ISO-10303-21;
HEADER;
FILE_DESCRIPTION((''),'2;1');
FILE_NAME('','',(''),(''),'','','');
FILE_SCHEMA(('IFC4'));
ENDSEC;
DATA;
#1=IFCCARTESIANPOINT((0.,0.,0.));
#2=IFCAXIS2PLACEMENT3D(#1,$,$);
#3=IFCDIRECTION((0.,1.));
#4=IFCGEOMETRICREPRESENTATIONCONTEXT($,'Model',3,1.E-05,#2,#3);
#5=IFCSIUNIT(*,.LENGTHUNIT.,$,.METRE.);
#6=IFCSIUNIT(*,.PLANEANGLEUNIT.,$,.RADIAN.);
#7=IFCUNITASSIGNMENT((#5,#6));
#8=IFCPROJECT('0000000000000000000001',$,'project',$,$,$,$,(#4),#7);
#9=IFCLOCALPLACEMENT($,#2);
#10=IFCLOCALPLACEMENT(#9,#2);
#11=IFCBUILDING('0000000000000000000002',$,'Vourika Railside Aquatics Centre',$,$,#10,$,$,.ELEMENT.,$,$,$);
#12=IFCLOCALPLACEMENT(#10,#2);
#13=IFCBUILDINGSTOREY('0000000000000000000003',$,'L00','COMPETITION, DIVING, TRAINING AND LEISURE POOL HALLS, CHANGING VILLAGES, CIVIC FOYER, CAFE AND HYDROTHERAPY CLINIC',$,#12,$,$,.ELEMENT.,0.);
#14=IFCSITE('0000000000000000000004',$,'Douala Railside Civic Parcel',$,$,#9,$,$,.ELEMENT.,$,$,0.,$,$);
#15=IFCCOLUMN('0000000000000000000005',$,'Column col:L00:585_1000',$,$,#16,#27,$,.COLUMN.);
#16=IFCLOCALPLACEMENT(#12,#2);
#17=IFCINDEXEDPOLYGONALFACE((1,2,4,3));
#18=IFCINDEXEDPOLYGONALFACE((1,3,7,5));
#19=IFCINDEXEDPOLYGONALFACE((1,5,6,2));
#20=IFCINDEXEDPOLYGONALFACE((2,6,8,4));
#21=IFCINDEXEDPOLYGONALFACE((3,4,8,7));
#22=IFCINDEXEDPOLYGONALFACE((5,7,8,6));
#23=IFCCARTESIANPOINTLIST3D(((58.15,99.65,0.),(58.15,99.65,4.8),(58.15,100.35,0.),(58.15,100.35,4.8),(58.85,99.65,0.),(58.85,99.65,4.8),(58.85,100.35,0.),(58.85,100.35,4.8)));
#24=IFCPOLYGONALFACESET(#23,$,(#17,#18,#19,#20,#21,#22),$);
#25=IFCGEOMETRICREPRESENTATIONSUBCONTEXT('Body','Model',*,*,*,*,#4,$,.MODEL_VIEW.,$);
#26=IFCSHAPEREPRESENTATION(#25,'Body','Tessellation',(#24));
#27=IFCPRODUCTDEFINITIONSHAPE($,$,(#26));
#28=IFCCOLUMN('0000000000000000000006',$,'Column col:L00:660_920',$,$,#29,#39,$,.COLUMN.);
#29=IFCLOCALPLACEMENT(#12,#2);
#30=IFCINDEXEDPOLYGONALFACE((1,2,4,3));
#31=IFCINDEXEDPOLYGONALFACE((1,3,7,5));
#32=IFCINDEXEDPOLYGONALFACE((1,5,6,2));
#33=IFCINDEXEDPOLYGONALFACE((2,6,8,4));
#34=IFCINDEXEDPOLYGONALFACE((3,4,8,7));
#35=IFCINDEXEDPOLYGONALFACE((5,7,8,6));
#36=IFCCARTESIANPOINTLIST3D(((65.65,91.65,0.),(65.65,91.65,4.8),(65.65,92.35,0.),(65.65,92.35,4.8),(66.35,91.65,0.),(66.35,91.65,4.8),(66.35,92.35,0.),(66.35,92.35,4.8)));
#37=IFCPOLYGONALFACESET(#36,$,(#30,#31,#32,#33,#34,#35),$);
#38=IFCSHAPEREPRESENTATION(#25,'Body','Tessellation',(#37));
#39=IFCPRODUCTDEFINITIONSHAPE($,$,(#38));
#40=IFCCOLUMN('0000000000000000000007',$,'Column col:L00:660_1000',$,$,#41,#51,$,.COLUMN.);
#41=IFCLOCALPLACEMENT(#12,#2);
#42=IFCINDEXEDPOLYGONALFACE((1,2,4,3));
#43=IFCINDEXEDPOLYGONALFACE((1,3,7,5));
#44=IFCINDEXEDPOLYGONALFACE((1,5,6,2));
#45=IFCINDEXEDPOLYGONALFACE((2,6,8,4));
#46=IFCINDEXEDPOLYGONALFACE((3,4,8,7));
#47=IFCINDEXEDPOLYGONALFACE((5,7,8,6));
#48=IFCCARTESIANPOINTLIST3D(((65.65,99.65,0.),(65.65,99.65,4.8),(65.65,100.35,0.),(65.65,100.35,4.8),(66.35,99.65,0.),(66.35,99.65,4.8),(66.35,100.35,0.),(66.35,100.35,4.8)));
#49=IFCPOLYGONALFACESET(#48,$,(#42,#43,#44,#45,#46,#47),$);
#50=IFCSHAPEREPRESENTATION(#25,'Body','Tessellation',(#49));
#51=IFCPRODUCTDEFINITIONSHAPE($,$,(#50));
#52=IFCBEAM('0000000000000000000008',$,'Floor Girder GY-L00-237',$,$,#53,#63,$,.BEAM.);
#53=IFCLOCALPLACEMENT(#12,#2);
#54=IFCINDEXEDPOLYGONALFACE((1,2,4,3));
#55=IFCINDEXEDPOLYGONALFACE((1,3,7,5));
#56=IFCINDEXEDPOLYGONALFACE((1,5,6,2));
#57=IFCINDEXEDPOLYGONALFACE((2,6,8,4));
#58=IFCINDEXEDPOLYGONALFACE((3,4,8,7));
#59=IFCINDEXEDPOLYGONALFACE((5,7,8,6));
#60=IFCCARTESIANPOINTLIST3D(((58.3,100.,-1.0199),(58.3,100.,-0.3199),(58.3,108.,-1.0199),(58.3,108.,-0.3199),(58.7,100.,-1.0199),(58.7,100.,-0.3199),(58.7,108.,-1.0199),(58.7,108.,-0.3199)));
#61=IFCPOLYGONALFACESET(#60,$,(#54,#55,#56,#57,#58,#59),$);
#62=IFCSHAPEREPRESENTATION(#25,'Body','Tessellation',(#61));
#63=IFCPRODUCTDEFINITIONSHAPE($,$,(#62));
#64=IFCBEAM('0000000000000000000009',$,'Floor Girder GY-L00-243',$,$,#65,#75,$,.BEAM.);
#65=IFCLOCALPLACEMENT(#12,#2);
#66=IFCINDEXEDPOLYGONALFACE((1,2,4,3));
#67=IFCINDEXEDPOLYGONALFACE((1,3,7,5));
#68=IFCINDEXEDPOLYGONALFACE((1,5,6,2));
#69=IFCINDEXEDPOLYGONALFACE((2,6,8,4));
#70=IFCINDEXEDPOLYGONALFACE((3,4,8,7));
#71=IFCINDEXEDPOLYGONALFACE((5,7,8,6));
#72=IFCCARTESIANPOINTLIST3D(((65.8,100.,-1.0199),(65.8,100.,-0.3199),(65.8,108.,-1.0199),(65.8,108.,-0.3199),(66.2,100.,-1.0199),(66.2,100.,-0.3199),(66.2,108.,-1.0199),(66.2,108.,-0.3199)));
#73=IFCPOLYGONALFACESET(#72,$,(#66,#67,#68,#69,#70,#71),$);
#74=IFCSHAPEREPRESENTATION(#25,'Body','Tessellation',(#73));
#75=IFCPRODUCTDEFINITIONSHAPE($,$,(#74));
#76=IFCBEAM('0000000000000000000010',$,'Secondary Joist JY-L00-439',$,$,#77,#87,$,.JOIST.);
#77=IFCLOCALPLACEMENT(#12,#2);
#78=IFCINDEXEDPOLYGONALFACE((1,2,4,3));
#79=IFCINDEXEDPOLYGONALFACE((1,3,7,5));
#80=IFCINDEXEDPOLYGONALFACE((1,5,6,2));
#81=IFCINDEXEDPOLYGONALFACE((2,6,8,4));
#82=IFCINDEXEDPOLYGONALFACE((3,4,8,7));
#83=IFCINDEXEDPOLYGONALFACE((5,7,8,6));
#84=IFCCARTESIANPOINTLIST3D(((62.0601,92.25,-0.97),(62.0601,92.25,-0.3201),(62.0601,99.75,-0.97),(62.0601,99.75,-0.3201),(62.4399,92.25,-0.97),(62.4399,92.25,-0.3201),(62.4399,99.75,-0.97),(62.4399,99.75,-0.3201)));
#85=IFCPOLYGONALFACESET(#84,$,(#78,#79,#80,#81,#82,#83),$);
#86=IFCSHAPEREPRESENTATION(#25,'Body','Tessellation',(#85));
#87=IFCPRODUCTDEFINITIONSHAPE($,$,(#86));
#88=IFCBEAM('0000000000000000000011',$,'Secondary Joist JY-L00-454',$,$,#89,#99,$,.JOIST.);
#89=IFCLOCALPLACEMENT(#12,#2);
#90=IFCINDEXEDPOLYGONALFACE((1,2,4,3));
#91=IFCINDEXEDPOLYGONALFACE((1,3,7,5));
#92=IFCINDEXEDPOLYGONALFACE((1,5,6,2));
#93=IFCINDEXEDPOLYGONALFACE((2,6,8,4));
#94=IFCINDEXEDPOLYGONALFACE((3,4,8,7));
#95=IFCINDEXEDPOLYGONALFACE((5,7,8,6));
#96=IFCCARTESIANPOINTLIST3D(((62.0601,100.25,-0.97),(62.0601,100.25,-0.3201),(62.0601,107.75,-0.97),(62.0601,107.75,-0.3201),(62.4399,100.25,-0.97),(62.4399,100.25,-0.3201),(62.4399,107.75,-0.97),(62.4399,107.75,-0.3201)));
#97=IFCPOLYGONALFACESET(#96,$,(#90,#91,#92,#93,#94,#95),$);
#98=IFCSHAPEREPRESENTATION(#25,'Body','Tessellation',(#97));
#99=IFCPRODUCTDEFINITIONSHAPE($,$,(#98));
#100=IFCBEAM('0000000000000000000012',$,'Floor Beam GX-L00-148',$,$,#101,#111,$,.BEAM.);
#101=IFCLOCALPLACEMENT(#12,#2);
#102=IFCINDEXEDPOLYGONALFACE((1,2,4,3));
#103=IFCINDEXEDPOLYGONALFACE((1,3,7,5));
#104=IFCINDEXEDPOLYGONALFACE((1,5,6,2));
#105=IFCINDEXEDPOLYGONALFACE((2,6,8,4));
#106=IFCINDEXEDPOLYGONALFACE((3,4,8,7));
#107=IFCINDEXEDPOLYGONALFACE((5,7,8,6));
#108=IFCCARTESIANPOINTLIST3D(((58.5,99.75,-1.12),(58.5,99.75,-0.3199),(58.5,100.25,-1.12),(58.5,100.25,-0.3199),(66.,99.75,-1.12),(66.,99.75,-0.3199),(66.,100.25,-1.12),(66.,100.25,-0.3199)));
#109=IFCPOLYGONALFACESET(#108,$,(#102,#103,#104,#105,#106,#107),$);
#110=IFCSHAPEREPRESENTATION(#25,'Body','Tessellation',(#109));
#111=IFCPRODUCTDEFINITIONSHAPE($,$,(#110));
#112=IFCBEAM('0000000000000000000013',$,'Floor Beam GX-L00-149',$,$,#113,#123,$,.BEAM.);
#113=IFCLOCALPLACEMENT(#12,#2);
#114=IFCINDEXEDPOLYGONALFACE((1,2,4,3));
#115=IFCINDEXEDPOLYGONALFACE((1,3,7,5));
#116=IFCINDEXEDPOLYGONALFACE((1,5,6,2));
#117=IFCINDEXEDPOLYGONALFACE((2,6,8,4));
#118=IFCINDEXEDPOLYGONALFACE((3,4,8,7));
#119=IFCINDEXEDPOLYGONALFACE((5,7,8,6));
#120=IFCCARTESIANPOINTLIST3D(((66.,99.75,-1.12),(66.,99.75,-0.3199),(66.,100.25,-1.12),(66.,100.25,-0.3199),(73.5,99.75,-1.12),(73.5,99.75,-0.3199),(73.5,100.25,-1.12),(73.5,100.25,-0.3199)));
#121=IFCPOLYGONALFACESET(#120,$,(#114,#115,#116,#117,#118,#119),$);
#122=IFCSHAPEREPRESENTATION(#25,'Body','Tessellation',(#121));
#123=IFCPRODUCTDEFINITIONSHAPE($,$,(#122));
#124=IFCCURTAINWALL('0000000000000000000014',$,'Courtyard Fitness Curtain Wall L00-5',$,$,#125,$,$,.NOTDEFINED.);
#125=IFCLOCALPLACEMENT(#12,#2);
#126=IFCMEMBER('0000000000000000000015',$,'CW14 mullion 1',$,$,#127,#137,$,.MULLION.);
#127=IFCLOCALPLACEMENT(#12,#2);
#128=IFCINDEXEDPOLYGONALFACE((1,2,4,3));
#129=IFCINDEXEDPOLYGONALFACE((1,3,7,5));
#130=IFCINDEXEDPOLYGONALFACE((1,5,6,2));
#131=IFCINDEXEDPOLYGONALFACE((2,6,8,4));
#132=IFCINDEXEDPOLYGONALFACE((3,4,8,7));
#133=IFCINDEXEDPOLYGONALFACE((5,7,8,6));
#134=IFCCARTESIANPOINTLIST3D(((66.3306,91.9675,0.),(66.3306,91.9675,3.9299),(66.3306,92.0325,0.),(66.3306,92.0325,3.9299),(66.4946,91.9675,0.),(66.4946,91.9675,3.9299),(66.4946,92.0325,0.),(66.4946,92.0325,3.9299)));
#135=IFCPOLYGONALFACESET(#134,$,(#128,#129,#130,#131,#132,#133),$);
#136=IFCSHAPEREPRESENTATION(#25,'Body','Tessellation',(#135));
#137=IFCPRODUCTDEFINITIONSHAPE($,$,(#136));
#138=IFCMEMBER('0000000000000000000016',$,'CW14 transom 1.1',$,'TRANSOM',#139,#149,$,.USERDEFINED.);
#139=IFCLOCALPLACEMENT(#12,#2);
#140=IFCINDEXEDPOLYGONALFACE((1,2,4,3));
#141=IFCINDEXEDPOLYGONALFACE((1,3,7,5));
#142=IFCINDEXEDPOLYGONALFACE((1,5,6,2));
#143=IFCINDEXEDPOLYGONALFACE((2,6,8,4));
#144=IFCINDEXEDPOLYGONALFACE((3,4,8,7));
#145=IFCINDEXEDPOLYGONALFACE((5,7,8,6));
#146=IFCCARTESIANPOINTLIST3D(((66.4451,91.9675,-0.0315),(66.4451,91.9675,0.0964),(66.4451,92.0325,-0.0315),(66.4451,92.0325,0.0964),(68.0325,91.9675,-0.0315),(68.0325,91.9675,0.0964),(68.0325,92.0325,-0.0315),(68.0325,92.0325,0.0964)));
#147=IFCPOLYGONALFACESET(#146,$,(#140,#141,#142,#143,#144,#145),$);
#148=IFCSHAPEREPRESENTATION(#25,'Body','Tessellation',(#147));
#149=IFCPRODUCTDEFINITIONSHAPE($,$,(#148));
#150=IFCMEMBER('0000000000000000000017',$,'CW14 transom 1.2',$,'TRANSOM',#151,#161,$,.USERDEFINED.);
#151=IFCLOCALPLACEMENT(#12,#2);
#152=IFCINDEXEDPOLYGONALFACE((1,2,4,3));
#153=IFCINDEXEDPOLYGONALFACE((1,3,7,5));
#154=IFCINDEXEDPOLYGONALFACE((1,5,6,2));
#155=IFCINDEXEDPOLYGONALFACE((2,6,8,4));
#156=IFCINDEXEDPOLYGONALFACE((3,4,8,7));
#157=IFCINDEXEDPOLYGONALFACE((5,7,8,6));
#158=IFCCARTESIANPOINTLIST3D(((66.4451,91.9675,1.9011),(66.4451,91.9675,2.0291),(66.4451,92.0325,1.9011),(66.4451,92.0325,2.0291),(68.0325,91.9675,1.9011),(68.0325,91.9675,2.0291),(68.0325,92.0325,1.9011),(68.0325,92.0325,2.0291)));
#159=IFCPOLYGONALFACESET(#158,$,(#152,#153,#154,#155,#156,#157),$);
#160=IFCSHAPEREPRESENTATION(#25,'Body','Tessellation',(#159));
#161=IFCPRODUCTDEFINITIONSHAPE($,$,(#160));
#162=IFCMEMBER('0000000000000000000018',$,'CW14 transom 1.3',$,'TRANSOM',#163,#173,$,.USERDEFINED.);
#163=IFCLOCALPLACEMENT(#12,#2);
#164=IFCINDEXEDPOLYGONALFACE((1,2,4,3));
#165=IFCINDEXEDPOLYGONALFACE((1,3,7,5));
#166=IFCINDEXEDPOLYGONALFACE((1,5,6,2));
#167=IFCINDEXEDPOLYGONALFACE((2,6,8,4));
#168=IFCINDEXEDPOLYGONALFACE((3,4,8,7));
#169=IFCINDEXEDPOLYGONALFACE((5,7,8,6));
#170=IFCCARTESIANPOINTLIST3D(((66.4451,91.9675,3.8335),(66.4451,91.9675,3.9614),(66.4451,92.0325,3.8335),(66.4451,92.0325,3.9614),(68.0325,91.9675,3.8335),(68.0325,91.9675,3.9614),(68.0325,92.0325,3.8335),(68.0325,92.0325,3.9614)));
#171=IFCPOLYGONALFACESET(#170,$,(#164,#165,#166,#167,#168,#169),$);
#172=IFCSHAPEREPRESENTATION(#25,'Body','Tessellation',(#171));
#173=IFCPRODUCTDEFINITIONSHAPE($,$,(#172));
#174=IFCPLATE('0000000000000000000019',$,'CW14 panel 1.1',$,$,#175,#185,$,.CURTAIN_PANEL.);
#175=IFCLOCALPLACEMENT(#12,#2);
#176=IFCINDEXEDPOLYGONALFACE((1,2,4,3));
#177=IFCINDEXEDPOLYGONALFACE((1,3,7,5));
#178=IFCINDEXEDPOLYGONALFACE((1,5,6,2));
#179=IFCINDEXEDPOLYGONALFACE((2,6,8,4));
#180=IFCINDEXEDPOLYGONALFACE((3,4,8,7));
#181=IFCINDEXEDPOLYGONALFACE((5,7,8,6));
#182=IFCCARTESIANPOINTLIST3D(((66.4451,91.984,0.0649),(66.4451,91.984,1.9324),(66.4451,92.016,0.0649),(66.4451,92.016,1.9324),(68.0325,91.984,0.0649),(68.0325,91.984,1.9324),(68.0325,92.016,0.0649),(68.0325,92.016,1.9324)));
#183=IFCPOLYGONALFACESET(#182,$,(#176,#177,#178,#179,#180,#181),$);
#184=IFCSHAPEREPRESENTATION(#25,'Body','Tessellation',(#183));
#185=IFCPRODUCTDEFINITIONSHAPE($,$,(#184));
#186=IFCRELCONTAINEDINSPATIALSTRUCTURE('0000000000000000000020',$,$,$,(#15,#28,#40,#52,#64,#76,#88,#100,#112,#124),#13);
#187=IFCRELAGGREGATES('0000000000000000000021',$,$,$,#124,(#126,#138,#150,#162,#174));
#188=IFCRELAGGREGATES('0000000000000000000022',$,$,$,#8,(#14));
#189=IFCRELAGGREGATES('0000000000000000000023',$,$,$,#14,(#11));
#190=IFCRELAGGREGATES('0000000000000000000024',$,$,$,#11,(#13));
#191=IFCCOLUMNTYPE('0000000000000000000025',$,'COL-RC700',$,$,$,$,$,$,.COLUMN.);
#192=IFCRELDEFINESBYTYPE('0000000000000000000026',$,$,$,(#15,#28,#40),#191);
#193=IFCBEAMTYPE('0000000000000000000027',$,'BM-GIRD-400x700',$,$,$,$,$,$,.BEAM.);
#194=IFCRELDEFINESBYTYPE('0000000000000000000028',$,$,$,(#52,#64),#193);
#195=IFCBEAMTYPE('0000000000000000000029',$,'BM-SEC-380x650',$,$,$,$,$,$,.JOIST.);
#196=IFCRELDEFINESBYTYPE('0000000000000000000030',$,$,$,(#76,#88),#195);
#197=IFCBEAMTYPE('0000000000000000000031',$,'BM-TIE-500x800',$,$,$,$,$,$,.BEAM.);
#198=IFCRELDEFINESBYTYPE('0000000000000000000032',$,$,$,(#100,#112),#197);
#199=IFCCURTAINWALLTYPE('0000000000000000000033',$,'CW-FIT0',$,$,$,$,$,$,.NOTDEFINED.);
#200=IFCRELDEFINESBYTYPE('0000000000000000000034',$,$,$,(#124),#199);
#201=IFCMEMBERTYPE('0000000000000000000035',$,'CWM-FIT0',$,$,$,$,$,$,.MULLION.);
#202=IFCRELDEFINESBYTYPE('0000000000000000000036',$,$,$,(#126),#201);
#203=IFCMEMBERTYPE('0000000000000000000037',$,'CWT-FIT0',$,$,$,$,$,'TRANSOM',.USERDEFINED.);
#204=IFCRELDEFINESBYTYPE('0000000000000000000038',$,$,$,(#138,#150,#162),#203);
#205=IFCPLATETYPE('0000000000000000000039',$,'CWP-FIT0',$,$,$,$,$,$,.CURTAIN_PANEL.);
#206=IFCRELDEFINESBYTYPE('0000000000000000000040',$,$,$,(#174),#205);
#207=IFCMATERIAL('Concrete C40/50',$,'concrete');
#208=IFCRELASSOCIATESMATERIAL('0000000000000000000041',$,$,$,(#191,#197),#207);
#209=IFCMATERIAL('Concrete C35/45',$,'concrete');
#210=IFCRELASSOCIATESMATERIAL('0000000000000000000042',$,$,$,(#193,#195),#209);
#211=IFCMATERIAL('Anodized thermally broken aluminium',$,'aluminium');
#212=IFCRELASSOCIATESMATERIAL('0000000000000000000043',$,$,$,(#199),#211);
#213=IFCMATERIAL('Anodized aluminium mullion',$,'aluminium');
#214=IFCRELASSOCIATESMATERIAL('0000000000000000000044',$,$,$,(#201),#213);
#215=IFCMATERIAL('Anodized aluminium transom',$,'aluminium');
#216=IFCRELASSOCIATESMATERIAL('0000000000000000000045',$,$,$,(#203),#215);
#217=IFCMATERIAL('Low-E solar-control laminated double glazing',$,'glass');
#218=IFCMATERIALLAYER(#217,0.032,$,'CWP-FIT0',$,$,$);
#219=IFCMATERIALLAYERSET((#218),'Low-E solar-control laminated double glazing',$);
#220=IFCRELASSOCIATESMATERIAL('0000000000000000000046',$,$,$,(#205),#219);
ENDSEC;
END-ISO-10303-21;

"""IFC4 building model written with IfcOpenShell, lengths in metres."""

from ifc_helpers import new_model, si_unit, direction, frame, origin, origin_2d, place, context, subcontext, project, spatial, rectangle, extrude, material, layer, layer_set, material_profile, profile_set, type_object, element, aggregate, save


model = new_model("IFC4")

# Units and contexts
model_context = context("Model", 3, precision=1e-05, world=origin(), true_north=direction((0.0, 1.0)))
body_context = subcontext(model_context, "Body", "Model", "MODEL_VIEW")
ifc_project = project(units=[si_unit("LENGTHUNIT", "METRE"), si_unit("PLANEANGLEUNIT", "RADIAN")], contexts=[model_context])

# Site, building, storey
site_placement = place(None, origin())
site = spatial("IfcSite", under=ifc_project, at=site_placement, Name="Douala Railside Civic Parcel", CompositionType="ELEMENT", RefElevation=0.0)
building_placement = place(site_placement, origin())
building = spatial("IfcBuilding", under=site, at=building_placement, Name="Vourika Railside Aquatics Centre", CompositionType="ELEMENT")
storey_placement = place(building_placement, origin())
storey = spatial("IfcBuildingStorey", under=building, at=storey_placement, Name="L00", Description="COMPETITION, DIVING, TRAINING AND LEISURE POOL HALLS, CHANGING VILLAGES, CIVIC FOYER, CAFE AND HYDROTHERAPY CLINIC", CompositionType="ELEMENT", Elevation=0.0)

# Columns
ifc_material_1 = material(Name="Concrete C40/50", Category="concrete")
ifc_material_profile_1 = material_profile(ifc_material_1, rectangle(XDim=0.7, YDim=0.7, at=origin_2d()), Name="RC 700x700")
ifc_profile_set_1 = profile_set([ifc_material_profile_1], Name="Concrete C40/50")
column_type = type_object("IfcColumnType", Name="COL-RC700", PredefinedType="COLUMN", material=ifc_profile_set_1)
for number, where, z_axis, x_axis, name in (
    (1, (58.5, 100.0, 0.0), (0.0, 0.0, 1.0), (1.0, 0.0, 0.0), "Column col:L00:585_1000"),
    (2, (66.0, 92.0, 0.0), (0.0, 0.0, 1.0), (1.0, 0.0, 0.0), "Column col:L00:660_920"),
    (3, (66.0, 100.0, 0.0), (0.0, 0.0, 1.0), (1.0, 0.0, 0.0), "Column col:L00:660_1000"),
):
    element("IfcColumn", number, at=place(storey_placement, frame(where, z_axis=z_axis, x_axis=x_axis)), inside=storey, type_object=column_type, Name=name, PredefinedType="COLUMN", context=body_context, shape_type="SweptSolid", body=[
        extrude(rectangle(XDim=0.7, YDim=0.7, at=origin_2d()), origin(), (0.0, 0.0, 1.0), 4.8),
    ])

# Beams
ifc_material_2 = material(Name="Concrete C35/45", Category="concrete")
ifc_material_profile_2 = material_profile(ifc_material_2, rectangle(XDim=0.3999, YDim=0.7, at=origin_2d()), Name="RC 400x700")
ifc_profile_set_2 = profile_set([ifc_material_profile_2], Name="Concrete C35/45")
beam_type_1 = type_object("IfcBeamType", Name="BM-GIRD-400x700", PredefinedType="BEAM", material=ifc_profile_set_2)
for number, where, z_axis, x_axis, name in (
    (4, (58.5, 100.0, -0.6699), (0.0, 1.0, 0.0), (-1.0, 0.0, 0.0), "Floor Girder GY-L00-237"),
    (5, (66.0, 100.0, -0.6699), (0.0, 1.0, 0.0), (-1.0, 0.0, 0.0), "Floor Girder GY-L00-243"),
):
    element("IfcBeam", number, at=place(storey_placement, frame(where, z_axis=z_axis, x_axis=x_axis)), inside=storey, type_object=beam_type_1, Name=name, PredefinedType="BEAM", context=body_context, shape_type="SweptSolid", body=[
        extrude(rectangle(XDim=0.3999, YDim=0.7, at=origin_2d()), origin(), (0.0, 0.0, 1.0), 8.0),
    ])
ifc_material_profile_3 = material_profile(ifc_material_2, rectangle(XDim=0.3799, YDim=0.6499, at=origin_2d()), Name="RC 380x650")
ifc_profile_set_3 = profile_set([ifc_material_profile_3], Name="Concrete C35/45")
beam_type_2 = type_object("IfcBeamType", Name="BM-SEC-380x650", PredefinedType="JOIST", material=ifc_profile_set_3)
for number, where, z_axis, x_axis, name in (
    (6, (62.25, 92.25, -0.645), (0.0, 1.0, 0.0), (-1.0, 0.0, 0.0), "Secondary Joist JY-L00-439"),
    (7, (62.25, 100.25, -0.645), (0.0, 1.0, 0.0), (-1.0, 0.0, 0.0), "Secondary Joist JY-L00-454"),
):
    element("IfcBeam", number, at=place(storey_placement, frame(where, z_axis=z_axis, x_axis=x_axis)), inside=storey, type_object=beam_type_2, Name=name, PredefinedType="JOIST", context=body_context, shape_type="SweptSolid", body=[
        extrude(rectangle(XDim=0.3799, YDim=0.6499, at=origin_2d()), origin(), (0.0, 0.0, 1.0), 7.5),
    ])
ifc_material_profile_4 = material_profile(ifc_material_1, rectangle(XDim=0.5, YDim=0.8, at=origin_2d()), Name="RC 500x800")
ifc_profile_set_4 = profile_set([ifc_material_profile_4], Name="Concrete C40/50")
beam_type_3 = type_object("IfcBeamType", Name="BM-TIE-500x800", PredefinedType="BEAM", material=ifc_profile_set_4)
for number, where, z_axis, x_axis, name in (
    (8, (58.5, 100.0, -0.72), (1.0, 0.0, 0.0), (0.0, 1.0, 0.0), "Floor Beam GX-L00-148"),
    (9, (66.0, 100.0, -0.72), (1.0, 0.0, 0.0), (0.0, 1.0, 0.0), "Floor Beam GX-L00-149"),
):
    element("IfcBeam", number, at=place(storey_placement, frame(where, z_axis=z_axis, x_axis=x_axis)), inside=storey, type_object=beam_type_3, Name=name, PredefinedType="BEAM", context=body_context, shape_type="SweptSolid", body=[
        extrude(rectangle(XDim=0.5, YDim=0.8, at=origin_2d()), origin(), (0.0, 0.0, 1.0), 7.5),
    ])

# Curtain wall, members, plate
ifc_material_3 = material(Name="Anodized thermally broken aluminium", Category="aluminium")
curtain_wall_type = type_object("IfcCurtainWallType", Name="CW-FIT0", PredefinedType="NOTDEFINED", material=ifc_material_3)
curtain_wall_placement = place(storey_placement, origin())
curtain_wall = element("IfcCurtainWall", 10, at=curtain_wall_placement, inside=storey, type_object=curtain_wall_type, Name="Courtyard Fitness Curtain Wall L00-5", PredefinedType="NOTDEFINED")
ifc_material_4 = material(Name="Anodized aluminium mullion", Category="aluminium")
ifc_material_profile_5 = material_profile(ifc_material_4, rectangle(XDim=0.0649, YDim=0.1641, at=origin_2d()), Name="ALU-M 65x164")
ifc_profile_set_5 = profile_set([ifc_material_profile_5], Name="Anodized aluminium mullion")
member_type_1 = type_object("IfcMemberType", Name="CWM-FIT0", PredefinedType="MULLION", material=ifc_profile_set_5)
member_1_placement = place(storey_placement, frame((66.4126, 92.0, 0.0), z_axis=(0.0, 0.0, 1.0), x_axis=(0.0, 1.0, 0.0)))
member_1 = element("IfcMember", 11, at=member_1_placement, type_object=member_type_1, Name="CW14 mullion 1", PredefinedType="MULLION", context=body_context, shape_type="SweptSolid", body=[
    extrude(rectangle(XDim=0.0649, YDim=0.1641, at=origin_2d()), origin(), (0.0, 0.0, 1.0), 3.9299),
])
ifc_material_5 = material(Name="Anodized aluminium transom", Category="aluminium")
ifc_material_profile_6 = material_profile(ifc_material_5, rectangle(XDim=0.0649, YDim=0.1279, at=origin_2d()), Name="ALU-T 65x128")
ifc_profile_set_6 = profile_set([ifc_material_profile_6], Name="Anodized aluminium transom")
member_type_2 = type_object("IfcMemberType", Name="CWT-FIT0", ElementType="TRANSOM", PredefinedType="USERDEFINED", material=ifc_profile_set_6)
member_2_placement = place(storey_placement, frame((66.4451, 92.0, 0.0325), z_axis=(1.0, 0.0, 0.0), x_axis=(0.0, 1.0, 0.0)))
member_2 = element("IfcMember", 12, at=member_2_placement, type_object=member_type_2, Name="CW14 transom 1.1", ObjectType="TRANSOM", PredefinedType="USERDEFINED", context=body_context, shape_type="SweptSolid", body=[
    extrude(rectangle(XDim=0.0649, YDim=0.1279, at=origin_2d()), origin(), (0.0, 0.0, 1.0), 1.5874),
])
member_3_placement = place(storey_placement, frame((66.4451, 92.0, 1.9651), z_axis=(1.0, 0.0, 0.0), x_axis=(0.0, 1.0, 0.0)))
member_3 = element("IfcMember", 13, at=member_3_placement, type_object=member_type_2, Name="CW14 transom 1.2", ObjectType="TRANSOM", PredefinedType="USERDEFINED", context=body_context, shape_type="SweptSolid", body=[
    extrude(rectangle(XDim=0.0649, YDim=0.1279, at=origin_2d()), origin(), (0.0, 0.0, 1.0), 1.5874),
])
member_4_placement = place(storey_placement, frame((66.4451, 92.0, 3.8975), z_axis=(1.0, 0.0, 0.0), x_axis=(0.0, 1.0, 0.0)))
member_4 = element("IfcMember", 14, at=member_4_placement, type_object=member_type_2, Name="CW14 transom 1.3", ObjectType="TRANSOM", PredefinedType="USERDEFINED", context=body_context, shape_type="SweptSolid", body=[
    extrude(rectangle(XDim=0.0649, YDim=0.1279, at=origin_2d()), origin(), (0.0, 0.0, 1.0), 1.5874),
])
ifc_material_6 = material(Name="Low-E solar-control laminated double glazing", Category="glass")
ifc_layer_1 = layer(ifc_material_6, 0.032, Name="CWP-FIT0")
ifc_layer_set_1 = layer_set([ifc_layer_1], Name="Low-E solar-control laminated double glazing")
plate_type = type_object("IfcPlateType", Name="CWP-FIT0", PredefinedType="CURTAIN_PANEL", material=ifc_layer_set_1)
plate_1_placement = place(storey_placement, frame((67.2388, 92.0, 0.0649), z_axis=(0.0, 0.0, 1.0), x_axis=(1.0, 0.0, 0.0)))
plate_1 = element("IfcPlate", 15, at=plate_1_placement, type_object=plate_type, Name="CW14 panel 1.1", PredefinedType="CURTAIN_PANEL", context=body_context, shape_type="SweptSolid", body=[
    extrude(rectangle(XDim=1.5874, YDim=0.032, at=origin_2d()), origin(), (0.0, 0.0, 1.0), 1.8674),
])
aggregate(curtain_wall, [member_1, member_2, member_3, member_4, plate_1])

save(model, "model.ifc")
